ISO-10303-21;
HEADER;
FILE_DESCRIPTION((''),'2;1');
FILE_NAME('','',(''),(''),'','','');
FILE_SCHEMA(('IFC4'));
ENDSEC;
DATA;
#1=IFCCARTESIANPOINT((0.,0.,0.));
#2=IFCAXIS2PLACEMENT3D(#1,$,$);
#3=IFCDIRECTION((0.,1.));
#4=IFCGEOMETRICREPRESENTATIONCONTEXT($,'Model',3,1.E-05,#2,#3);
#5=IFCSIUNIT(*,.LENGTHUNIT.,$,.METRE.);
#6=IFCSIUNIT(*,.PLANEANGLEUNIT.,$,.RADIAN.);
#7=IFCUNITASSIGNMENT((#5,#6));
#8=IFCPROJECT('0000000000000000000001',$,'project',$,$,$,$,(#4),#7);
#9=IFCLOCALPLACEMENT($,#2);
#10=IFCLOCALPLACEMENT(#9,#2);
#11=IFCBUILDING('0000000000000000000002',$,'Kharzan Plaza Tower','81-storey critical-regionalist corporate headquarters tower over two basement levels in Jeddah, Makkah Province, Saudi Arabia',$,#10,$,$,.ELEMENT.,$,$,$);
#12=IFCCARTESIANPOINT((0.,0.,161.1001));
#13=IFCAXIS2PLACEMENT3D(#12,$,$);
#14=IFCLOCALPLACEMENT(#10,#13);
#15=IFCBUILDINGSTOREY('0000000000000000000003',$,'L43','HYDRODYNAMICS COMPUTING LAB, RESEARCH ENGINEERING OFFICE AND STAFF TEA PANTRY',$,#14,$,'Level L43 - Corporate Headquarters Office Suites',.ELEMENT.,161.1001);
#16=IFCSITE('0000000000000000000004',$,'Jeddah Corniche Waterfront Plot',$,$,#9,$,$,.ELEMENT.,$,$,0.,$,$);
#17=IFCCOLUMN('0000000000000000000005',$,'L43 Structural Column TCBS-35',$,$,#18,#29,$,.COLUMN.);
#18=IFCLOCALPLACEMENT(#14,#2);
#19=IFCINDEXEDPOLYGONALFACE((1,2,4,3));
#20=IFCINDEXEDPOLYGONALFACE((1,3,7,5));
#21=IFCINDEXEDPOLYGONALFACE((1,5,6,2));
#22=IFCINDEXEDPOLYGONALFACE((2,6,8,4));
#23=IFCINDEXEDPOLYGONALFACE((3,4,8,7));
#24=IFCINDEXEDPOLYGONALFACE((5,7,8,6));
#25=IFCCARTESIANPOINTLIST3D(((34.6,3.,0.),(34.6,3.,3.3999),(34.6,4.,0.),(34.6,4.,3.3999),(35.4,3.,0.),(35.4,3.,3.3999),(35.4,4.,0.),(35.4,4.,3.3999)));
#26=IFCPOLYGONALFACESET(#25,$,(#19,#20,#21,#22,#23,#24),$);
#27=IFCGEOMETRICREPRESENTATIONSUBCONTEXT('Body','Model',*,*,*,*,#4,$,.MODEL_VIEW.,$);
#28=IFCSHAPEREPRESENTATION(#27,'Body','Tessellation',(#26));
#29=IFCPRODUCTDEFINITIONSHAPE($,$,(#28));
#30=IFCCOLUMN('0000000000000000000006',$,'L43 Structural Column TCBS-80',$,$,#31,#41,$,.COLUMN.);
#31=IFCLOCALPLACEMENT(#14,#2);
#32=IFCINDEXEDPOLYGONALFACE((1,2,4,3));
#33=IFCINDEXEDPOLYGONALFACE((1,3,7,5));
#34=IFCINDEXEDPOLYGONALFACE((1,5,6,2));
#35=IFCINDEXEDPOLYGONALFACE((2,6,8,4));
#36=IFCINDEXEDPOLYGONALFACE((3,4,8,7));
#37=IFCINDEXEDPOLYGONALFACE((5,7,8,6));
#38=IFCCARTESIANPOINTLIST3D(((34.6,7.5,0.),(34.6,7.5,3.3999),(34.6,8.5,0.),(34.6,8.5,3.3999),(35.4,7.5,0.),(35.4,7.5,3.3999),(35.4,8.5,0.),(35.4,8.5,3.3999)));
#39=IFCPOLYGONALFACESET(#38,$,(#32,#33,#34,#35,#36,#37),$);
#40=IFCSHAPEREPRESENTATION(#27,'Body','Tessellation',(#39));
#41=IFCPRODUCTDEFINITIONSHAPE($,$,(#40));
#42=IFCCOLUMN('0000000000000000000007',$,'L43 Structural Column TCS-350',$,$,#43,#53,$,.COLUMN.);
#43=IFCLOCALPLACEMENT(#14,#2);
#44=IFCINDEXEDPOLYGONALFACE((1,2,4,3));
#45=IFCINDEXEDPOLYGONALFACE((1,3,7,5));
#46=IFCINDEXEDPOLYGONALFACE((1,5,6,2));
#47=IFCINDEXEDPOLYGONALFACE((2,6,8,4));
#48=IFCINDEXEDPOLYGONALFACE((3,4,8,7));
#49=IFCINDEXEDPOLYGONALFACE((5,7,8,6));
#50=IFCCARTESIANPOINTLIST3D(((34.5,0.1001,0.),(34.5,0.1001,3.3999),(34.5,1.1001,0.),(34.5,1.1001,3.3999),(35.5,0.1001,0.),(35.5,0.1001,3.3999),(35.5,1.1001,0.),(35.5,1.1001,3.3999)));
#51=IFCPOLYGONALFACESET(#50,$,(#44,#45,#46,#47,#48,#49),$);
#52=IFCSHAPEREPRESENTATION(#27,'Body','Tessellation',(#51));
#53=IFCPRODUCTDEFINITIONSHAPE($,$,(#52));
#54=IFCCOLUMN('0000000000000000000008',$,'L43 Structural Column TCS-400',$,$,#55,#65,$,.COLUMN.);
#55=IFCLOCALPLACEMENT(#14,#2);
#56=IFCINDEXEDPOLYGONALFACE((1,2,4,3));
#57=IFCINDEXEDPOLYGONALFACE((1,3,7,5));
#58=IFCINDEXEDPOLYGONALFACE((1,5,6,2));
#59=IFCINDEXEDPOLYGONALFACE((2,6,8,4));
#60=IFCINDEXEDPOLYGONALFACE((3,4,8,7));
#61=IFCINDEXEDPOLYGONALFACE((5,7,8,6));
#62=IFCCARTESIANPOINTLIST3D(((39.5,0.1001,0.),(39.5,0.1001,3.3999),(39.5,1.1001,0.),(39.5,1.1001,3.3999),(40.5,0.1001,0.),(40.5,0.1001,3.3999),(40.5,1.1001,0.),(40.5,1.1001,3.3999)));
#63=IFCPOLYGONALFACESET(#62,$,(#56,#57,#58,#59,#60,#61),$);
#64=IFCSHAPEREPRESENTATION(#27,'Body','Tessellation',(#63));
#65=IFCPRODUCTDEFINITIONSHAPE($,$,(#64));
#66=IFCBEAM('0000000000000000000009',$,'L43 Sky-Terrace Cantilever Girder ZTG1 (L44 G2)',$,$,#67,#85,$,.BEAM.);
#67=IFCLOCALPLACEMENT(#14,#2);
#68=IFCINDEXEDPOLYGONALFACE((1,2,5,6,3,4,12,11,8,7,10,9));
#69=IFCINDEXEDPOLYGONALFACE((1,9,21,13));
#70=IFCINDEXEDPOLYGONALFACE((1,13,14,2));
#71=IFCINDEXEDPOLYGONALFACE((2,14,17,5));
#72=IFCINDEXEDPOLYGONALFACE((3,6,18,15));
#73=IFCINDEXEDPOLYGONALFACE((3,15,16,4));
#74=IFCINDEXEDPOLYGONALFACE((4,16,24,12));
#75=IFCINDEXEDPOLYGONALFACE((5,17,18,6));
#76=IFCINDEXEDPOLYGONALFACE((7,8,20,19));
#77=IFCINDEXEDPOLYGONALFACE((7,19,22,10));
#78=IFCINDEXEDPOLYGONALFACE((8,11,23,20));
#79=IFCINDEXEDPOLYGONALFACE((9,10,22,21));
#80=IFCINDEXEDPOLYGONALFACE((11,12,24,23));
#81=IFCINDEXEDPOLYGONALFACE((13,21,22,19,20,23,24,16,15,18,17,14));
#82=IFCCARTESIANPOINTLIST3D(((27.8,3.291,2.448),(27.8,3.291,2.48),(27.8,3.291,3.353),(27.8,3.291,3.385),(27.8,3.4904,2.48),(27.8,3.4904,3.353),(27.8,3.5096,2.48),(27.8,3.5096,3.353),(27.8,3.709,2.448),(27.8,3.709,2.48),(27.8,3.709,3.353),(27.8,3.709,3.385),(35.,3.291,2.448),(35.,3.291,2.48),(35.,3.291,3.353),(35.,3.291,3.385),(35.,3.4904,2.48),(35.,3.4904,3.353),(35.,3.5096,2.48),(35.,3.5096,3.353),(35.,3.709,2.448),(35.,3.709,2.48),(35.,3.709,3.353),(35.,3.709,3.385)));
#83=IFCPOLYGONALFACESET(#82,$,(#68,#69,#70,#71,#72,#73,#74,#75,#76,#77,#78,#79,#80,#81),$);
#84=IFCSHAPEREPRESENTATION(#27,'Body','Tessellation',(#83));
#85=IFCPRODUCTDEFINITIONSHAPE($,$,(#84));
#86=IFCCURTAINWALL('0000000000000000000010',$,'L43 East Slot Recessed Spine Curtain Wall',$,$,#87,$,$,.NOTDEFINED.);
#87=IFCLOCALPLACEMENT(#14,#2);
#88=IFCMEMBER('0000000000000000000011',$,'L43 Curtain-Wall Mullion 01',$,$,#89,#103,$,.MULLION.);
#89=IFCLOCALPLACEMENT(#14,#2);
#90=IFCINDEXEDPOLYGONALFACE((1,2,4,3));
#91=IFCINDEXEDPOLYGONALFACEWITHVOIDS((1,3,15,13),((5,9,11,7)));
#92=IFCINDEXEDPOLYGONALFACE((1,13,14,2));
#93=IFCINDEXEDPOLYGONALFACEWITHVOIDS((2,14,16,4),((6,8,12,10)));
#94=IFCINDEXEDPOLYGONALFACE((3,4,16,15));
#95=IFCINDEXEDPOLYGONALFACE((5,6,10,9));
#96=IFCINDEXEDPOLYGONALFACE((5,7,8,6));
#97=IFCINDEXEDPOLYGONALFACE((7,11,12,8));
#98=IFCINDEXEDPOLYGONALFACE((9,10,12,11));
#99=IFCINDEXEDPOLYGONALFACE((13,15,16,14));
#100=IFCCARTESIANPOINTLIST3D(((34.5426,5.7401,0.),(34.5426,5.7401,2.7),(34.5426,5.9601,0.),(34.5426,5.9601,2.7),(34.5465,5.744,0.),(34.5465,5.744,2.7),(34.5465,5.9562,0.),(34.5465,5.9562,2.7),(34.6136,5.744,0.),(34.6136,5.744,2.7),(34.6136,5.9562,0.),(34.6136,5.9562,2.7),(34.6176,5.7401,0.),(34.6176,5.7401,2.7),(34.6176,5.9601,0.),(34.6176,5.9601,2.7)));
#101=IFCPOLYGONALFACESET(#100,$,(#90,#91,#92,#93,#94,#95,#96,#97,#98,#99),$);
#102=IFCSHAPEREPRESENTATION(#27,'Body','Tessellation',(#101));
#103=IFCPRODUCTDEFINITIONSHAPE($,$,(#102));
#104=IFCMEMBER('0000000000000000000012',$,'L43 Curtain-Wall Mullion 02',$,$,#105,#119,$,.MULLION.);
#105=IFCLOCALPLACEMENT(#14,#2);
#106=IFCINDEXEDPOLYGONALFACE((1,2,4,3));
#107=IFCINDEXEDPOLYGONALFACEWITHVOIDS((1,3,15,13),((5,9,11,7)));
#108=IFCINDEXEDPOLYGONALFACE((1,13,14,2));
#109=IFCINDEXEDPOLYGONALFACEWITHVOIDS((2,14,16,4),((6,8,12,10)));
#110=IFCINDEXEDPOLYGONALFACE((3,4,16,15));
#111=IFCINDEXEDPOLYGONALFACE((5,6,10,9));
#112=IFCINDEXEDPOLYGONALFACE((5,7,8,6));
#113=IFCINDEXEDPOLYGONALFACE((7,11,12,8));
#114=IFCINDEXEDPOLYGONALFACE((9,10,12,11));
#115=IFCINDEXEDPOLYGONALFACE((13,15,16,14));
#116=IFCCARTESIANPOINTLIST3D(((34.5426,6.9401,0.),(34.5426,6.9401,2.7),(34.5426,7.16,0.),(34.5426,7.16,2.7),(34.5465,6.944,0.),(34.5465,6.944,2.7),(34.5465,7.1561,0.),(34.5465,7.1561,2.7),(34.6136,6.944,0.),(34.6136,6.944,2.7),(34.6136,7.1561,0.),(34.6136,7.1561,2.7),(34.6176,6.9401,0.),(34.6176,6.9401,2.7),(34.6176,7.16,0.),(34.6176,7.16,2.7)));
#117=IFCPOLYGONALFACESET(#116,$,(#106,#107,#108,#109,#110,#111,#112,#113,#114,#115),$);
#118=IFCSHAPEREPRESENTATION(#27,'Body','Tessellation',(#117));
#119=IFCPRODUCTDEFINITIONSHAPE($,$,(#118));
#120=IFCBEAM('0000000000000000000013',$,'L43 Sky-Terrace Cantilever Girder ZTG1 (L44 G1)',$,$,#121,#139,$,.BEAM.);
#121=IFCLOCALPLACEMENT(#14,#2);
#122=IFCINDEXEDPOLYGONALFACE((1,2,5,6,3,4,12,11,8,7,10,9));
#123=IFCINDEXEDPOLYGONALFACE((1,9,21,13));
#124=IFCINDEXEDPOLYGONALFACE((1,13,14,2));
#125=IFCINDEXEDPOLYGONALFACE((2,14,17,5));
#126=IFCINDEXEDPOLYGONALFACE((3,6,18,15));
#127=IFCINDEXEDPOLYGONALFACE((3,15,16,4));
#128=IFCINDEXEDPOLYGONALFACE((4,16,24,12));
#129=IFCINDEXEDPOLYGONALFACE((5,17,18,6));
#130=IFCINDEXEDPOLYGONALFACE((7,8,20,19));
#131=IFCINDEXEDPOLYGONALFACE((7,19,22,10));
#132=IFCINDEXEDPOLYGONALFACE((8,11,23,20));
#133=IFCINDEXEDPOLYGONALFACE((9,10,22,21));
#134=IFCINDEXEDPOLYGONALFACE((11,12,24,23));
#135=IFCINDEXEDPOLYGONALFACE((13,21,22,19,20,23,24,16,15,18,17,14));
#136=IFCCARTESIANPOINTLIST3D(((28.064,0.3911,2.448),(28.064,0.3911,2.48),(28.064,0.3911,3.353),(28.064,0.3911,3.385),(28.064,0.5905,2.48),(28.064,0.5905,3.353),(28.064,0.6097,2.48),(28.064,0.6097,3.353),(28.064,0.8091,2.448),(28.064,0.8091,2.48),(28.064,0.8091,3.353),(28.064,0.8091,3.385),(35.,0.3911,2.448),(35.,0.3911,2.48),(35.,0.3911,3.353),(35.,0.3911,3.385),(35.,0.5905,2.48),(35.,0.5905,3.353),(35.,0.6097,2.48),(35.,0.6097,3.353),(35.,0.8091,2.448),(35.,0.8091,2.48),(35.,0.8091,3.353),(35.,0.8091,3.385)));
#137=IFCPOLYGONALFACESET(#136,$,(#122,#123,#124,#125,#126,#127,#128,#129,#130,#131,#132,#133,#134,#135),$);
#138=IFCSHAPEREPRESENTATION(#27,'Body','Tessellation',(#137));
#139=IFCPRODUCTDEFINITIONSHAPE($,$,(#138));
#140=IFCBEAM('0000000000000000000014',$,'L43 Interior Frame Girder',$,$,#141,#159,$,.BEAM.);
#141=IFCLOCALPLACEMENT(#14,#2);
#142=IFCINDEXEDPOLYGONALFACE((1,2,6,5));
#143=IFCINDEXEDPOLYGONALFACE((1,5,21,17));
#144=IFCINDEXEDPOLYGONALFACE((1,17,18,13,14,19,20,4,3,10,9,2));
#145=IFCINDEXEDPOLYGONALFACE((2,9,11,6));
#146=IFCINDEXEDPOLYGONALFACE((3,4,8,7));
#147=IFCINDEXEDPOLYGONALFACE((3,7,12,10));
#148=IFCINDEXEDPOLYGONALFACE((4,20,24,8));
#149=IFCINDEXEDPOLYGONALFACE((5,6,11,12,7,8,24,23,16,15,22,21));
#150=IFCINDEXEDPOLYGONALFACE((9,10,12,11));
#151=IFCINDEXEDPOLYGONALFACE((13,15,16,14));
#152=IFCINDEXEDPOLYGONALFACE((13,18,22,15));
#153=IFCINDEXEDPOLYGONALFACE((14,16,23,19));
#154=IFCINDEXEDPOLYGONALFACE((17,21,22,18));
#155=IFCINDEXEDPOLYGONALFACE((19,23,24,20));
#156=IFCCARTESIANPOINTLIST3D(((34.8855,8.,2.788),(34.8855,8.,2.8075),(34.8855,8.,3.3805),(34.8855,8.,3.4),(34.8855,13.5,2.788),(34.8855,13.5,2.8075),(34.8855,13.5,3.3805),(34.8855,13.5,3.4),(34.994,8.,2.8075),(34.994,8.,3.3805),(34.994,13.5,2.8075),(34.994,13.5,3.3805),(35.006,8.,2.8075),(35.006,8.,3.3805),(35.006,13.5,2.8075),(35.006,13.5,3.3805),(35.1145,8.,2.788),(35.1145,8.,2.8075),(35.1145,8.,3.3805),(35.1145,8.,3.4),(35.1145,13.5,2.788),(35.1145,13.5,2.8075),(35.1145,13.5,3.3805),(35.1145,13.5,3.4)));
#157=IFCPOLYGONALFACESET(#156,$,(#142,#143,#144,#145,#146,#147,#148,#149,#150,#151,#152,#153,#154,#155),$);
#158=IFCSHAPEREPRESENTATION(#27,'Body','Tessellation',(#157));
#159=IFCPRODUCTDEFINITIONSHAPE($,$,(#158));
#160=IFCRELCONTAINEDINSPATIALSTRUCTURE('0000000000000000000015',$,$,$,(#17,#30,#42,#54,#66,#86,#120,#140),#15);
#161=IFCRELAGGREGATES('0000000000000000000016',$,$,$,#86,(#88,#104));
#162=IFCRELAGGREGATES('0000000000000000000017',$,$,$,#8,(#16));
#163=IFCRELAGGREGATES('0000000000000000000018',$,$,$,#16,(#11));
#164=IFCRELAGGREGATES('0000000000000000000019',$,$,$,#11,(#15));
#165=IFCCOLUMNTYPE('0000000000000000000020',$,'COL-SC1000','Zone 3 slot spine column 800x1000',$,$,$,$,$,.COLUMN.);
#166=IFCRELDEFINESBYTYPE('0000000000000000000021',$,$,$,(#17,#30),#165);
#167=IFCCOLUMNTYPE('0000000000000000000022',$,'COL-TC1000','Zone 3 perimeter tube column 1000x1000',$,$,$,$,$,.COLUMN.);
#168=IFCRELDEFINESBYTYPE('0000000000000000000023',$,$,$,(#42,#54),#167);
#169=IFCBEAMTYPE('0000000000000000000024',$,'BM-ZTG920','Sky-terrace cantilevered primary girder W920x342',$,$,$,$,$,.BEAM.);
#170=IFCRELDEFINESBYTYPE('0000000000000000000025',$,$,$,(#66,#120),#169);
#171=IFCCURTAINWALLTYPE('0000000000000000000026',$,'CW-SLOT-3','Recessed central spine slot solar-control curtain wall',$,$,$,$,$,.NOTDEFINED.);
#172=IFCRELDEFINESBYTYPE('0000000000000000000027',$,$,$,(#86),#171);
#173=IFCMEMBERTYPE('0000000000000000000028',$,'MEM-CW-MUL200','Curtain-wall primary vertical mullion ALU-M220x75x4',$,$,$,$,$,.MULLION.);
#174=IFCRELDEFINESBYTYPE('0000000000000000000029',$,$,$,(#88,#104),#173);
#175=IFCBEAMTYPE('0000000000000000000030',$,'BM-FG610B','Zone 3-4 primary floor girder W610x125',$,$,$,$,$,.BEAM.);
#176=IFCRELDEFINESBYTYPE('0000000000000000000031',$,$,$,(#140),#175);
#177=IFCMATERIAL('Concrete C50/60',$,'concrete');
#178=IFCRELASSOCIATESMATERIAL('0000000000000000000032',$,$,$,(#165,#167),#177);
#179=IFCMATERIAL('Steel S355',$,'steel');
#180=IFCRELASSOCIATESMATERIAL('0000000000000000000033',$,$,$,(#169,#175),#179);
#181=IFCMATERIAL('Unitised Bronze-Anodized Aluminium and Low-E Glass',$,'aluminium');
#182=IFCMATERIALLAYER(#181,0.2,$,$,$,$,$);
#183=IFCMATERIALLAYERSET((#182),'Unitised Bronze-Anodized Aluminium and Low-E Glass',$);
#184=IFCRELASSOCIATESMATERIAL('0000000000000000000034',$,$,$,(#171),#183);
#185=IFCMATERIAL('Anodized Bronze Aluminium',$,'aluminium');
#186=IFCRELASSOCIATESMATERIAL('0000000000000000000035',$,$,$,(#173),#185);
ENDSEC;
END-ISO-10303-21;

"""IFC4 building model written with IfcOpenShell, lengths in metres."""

from ifc_helpers import new_model, si_unit, direction, frame, origin, origin_2d, place, context, subcontext, project, spatial, rectangle, hollow_rectangle, i_section, extrude, source, transform, mapped, material, layer, layer_set, material_profile, profile_set, type_object, element, aggregate, save


model = new_model("IFC4")

# Units and contexts
model_context = context("Model", 3, precision=1e-05, world=origin(), true_north=direction((0.0, 1.0)))
body_context = subcontext(model_context, "Body", "Model", "MODEL_VIEW")
ifc_project = project(units=[si_unit("LENGTHUNIT", "METRE"), si_unit("PLANEANGLEUNIT", "RADIAN")], contexts=[model_context])

# Site, building, storey
site_placement = place(None, origin())
site = spatial("IfcSite", under=ifc_project, at=site_placement, Name="Jeddah Corniche Waterfront Plot", CompositionType="ELEMENT", RefElevation=0.0)
building_placement = place(site_placement, origin())
building = spatial("IfcBuilding", under=site, at=building_placement, Name="Kharzan Plaza Tower", Description="81-storey critical-regionalist corporate headquarters tower over two basement levels in Jeddah, Makkah Province, Saudi Arabia", CompositionType="ELEMENT")
storey_placement = place(building_placement, frame((0.0, 0.0, 161.1001)))
storey = spatial("IfcBuildingStorey", under=building, at=storey_placement, Name="L43", Description="HYDRODYNAMICS COMPUTING LAB, RESEARCH ENGINEERING OFFICE AND STAFF TEA PANTRY", LongName="Level L43 - Corporate Headquarters Office Suites", CompositionType="ELEMENT", Elevation=161.1001)

# Columns
ifc_material_1 = material(Name="Concrete C50/60", Category="concrete")
ifc_material_profile_1 = material_profile(ifc_material_1, rectangle(XDim=0.8, YDim=1.0, at=origin_2d()), Name="RC-SC1000x800")
ifc_profile_set_1 = profile_set([ifc_material_profile_1], Name="Concrete C50/60")
column_type_1 = type_object("IfcColumnType", Name="COL-SC1000", Description="Zone 3 slot spine column 800x1000", PredefinedType="COLUMN", material=ifc_profile_set_1)
shared_shape_1 = source(origin(), body_context, "Body", "SweptSolid", [
    extrude(rectangle(XDim=0.8, YDim=1.0, at=origin_2d()), origin(), (0.0, 0.0, 1.0), 3.3999),
])
for number, where, z_axis, x_axis, name in (
    (1, (35.0, 3.5, 0.0), (0.0, 0.0, 1.0), (1.0, 0.0, 0.0), "L43 Structural Column TCBS-35"),
    (2, (35.0, 8.0, 0.0), (0.0, 0.0, 1.0), (1.0, 0.0, 0.0), "L43 Structural Column TCBS-80"),
):
    element("IfcColumn", number, at=place(storey_placement, frame(where, z_axis=z_axis, x_axis=x_axis)), inside=storey, type_object=column_type_1, Name=name, PredefinedType="COLUMN", context=body_context, shape_type="MappedRepresentation", body=[
        mapped(shared_shape_1, transform((0.0, 0.0, 0.0), x_axis=(1.0, 0.0, 0.0), y_axis=(0.0, 1.0, 0.0), z_axis=(0.0, 0.0, 1.0))),
    ])
ifc_material_profile_2 = material_profile(ifc_material_1, rectangle(XDim=1.0, YDim=1.0, at=origin_2d()), Name="RC-TC1000x1000")
ifc_profile_set_2 = profile_set([ifc_material_profile_2], Name="Concrete C50/60")
column_type_2 = type_object("IfcColumnType", Name="COL-TC1000", Description="Zone 3 perimeter tube column 1000x1000", PredefinedType="COLUMN", material=ifc_profile_set_2)
shared_shape_2 = source(origin(), body_context, "Body", "SweptSolid", [
    extrude(rectangle(XDim=1.0, YDim=1.0, at=origin_2d()), origin(), (0.0, 0.0, 1.0), 3.3999),
])
for number, where, z_axis, x_axis, name in (
    (3, (35.0, 0.6001, 0.0), (0.0, 0.0, 1.0), (1.0, 0.0, 0.0), "L43 Structural Column TCS-350"),
    (4, (40.0, 0.6001, 0.0), (0.0, 0.0, 1.0), (1.0, 0.0, 0.0), "L43 Structural Column TCS-400"),
):
    element("IfcColumn", number, at=place(storey_placement, frame(where, z_axis=z_axis, x_axis=x_axis)), inside=storey, type_object=column_type_2, Name=name, PredefinedType="COLUMN", context=body_context, shape_type="MappedRepresentation", body=[
        mapped(shared_shape_2, transform((0.0, 0.0, 0.0), x_axis=(1.0, 0.0, 0.0), y_axis=(0.0, 1.0, 0.0), z_axis=(0.0, 0.0, 1.0))),
    ])

# Beam
ifc_material_2 = material(Name="Steel S355", Category="steel")
ifc_material_profile_3 = material_profile(ifc_material_2, i_section(OverallWidth=0.418, OverallDepth=0.937, WebThickness=0.0193, FlangeThickness=0.032, at=origin_2d()), Name="W920x342")
ifc_profile_set_3 = profile_set([ifc_material_profile_3], Name="Steel S355")
beam_type_1 = type_object("IfcBeamType", Name="BM-ZTG920", Description="Sky-terrace cantilevered primary girder W920x342", PredefinedType="BEAM", material=ifc_profile_set_3)
shared_shape_3 = source(origin(), body_context, "Body", "SweptSolid", [
    extrude(i_section(OverallWidth=0.418, OverallDepth=0.937, WebThickness=0.0193, FlangeThickness=0.032, at=origin_2d()), origin(), (0.0, 0.0, 1.0), 7.2),
])
beam_1_placement = place(storey_placement, frame((35.0, 3.5, 2.9165), z_axis=(-1.0, 0.0, 0.0), x_axis=(0.0, -1.0, 0.0)))
element("IfcBeam", 5, at=beam_1_placement, inside=storey, type_object=beam_type_1, Name="L43 Sky-Terrace Cantilever Girder ZTG1 (L44 G2)", PredefinedType="BEAM", context=body_context, shape_type="MappedRepresentation", body=[
    mapped(shared_shape_3, transform((0.0, 0.0, 0.0), x_axis=(1.0, 0.0, 0.0), y_axis=(0.0, 1.0, 0.0), z_axis=(0.0, 0.0, 1.0))),
])

# Curtain wall, members
ifc_material_3 = material(Name="Unitised Bronze-Anodized Aluminium and Low-E Glass", Category="aluminium")
ifc_layer_1 = layer(ifc_material_3, 0.2)
ifc_layer_set_1 = layer_set([ifc_layer_1], Name="Unitised Bronze-Anodized Aluminium and Low-E Glass")
curtain_wall_type = type_object("IfcCurtainWallType", Name="CW-SLOT-3", Description="Recessed central spine slot solar-control curtain wall", PredefinedType="NOTDEFINED", material=ifc_layer_set_1)
curtain_wall_placement = place(storey_placement, origin())
curtain_wall = element("IfcCurtainWall", 6, at=curtain_wall_placement, inside=storey, type_object=curtain_wall_type, Name="L43 East Slot Recessed Spine Curtain Wall", PredefinedType="NOTDEFINED")
ifc_material_4 = material(Name="Anodized Bronze Aluminium", Category="aluminium")
ifc_material_profile_4 = material_profile(ifc_material_4, hollow_rectangle(XDim=0.075, YDim=0.22, WallThickness=0.0039, at=origin_2d()), Name="ALU-M220x75x4")
ifc_profile_set_4 = profile_set([ifc_material_profile_4], Name="Anodized Bronze Aluminium")
member_type = type_object("IfcMemberType", Name="MEM-CW-MUL200", Description="Curtain-wall primary vertical mullion ALU-M220x75x4", PredefinedType="MULLION", material=ifc_profile_set_4)
shared_shape_4 = source(origin(), body_context, "Body", "SweptSolid", [
    extrude(hollow_rectangle(XDim=0.075, YDim=0.22, WallThickness=0.0039, at=origin_2d()), origin(), (0.0, 0.0, 1.0), 2.7),
])
member_1_placement = place(storey_placement, frame((34.5801, 5.8501, 0.0), z_axis=(0.0, 0.0, 1.0), x_axis=(1.0, 0.0, 0.0)))
member_1 = element("IfcMember", 7, at=member_1_placement, type_object=member_type, Name="L43 Curtain-Wall Mullion 01", PredefinedType="MULLION", context=body_context, shape_type="MappedRepresentation", body=[
    mapped(shared_shape_4, transform((0.0, 0.0, 0.0), x_axis=(1.0, 0.0, 0.0), y_axis=(0.0, 1.0, 0.0), z_axis=(0.0, 0.0, 1.0))),
])
member_2_placement = place(storey_placement, frame((34.5801, 7.05, 0.0), z_axis=(0.0, 0.0, 1.0), x_axis=(1.0, 0.0, 0.0)))
member_2 = element("IfcMember", 8, at=member_2_placement, type_object=member_type, Name="L43 Curtain-Wall Mullion 02", PredefinedType="MULLION", context=body_context, shape_type="MappedRepresentation", body=[
    mapped(shared_shape_4, transform((0.0, 0.0, 0.0), x_axis=(1.0, 0.0, 0.0), y_axis=(0.0, 1.0, 0.0), z_axis=(0.0, 0.0, 1.0))),
])

# Beams
shared_shape_5 = source(origin(), body_context, "Body", "SweptSolid", [
    extrude(i_section(OverallWidth=0.418, OverallDepth=0.937, WebThickness=0.0193, FlangeThickness=0.032, at=origin_2d()), origin(), (0.0, 0.0, 1.0), 6.936),
])
beam_2_placement = place(storey_placement, frame((35.0, 0.6001, 2.9165), z_axis=(-1.0, 0.0, 0.0), x_axis=(0.0, -1.0, 0.0)))
element("IfcBeam", 9, at=beam_2_placement, inside=storey, type_object=beam_type_1, Name="L43 Sky-Terrace Cantilever Girder ZTG1 (L44 G1)", PredefinedType="BEAM", context=body_context, shape_type="MappedRepresentation", body=[
    mapped(shared_shape_5, transform((0.0, 0.0, 0.0), x_axis=(1.0, 0.0, 0.0), y_axis=(0.0, 1.0, 0.0), z_axis=(0.0, 0.0, 1.0))),
])
ifc_material_profile_5 = material_profile(ifc_material_2, i_section(OverallWidth=0.229, OverallDepth=0.6121, WebThickness=0.012, FlangeThickness=0.0195, at=origin_2d()), Name="W610x125")
ifc_profile_set_5 = profile_set([ifc_material_profile_5], Name="Steel S355")
beam_type_2 = type_object("IfcBeamType", Name="BM-FG610B", Description="Zone 3-4 primary floor girder W610x125", PredefinedType="BEAM", material=ifc_profile_set_5)
shared_shape_6 = source(origin(), body_context, "Body", "SweptSolid", [
    extrude(i_section(OverallWidth=0.229, OverallDepth=0.6121, WebThickness=0.012, FlangeThickness=0.0195, at=origin_2d()), origin(), (0.0, 0.0, 1.0), 5.5),
])
beam_3_placement = place(storey_placement, frame((35.0, 8.0, 3.094), z_axis=(0.0, 1.0, 0.0), x_axis=(-1.0, 0.0, 0.0)))
element("IfcBeam", 10, at=beam_3_placement, inside=storey, type_object=beam_type_2, Name="L43 Interior Frame Girder", PredefinedType="BEAM", context=body_context, shape_type="MappedRepresentation", body=[
    mapped(shared_shape_6, transform((0.0, 0.0, 0.0), x_axis=(1.0, 0.0, 0.0), y_axis=(0.0, 1.0, 0.0), z_axis=(0.0, 0.0, 1.0))),
])

aggregate(curtain_wall, [member_1, member_2])

save(model, "model.ifc")
